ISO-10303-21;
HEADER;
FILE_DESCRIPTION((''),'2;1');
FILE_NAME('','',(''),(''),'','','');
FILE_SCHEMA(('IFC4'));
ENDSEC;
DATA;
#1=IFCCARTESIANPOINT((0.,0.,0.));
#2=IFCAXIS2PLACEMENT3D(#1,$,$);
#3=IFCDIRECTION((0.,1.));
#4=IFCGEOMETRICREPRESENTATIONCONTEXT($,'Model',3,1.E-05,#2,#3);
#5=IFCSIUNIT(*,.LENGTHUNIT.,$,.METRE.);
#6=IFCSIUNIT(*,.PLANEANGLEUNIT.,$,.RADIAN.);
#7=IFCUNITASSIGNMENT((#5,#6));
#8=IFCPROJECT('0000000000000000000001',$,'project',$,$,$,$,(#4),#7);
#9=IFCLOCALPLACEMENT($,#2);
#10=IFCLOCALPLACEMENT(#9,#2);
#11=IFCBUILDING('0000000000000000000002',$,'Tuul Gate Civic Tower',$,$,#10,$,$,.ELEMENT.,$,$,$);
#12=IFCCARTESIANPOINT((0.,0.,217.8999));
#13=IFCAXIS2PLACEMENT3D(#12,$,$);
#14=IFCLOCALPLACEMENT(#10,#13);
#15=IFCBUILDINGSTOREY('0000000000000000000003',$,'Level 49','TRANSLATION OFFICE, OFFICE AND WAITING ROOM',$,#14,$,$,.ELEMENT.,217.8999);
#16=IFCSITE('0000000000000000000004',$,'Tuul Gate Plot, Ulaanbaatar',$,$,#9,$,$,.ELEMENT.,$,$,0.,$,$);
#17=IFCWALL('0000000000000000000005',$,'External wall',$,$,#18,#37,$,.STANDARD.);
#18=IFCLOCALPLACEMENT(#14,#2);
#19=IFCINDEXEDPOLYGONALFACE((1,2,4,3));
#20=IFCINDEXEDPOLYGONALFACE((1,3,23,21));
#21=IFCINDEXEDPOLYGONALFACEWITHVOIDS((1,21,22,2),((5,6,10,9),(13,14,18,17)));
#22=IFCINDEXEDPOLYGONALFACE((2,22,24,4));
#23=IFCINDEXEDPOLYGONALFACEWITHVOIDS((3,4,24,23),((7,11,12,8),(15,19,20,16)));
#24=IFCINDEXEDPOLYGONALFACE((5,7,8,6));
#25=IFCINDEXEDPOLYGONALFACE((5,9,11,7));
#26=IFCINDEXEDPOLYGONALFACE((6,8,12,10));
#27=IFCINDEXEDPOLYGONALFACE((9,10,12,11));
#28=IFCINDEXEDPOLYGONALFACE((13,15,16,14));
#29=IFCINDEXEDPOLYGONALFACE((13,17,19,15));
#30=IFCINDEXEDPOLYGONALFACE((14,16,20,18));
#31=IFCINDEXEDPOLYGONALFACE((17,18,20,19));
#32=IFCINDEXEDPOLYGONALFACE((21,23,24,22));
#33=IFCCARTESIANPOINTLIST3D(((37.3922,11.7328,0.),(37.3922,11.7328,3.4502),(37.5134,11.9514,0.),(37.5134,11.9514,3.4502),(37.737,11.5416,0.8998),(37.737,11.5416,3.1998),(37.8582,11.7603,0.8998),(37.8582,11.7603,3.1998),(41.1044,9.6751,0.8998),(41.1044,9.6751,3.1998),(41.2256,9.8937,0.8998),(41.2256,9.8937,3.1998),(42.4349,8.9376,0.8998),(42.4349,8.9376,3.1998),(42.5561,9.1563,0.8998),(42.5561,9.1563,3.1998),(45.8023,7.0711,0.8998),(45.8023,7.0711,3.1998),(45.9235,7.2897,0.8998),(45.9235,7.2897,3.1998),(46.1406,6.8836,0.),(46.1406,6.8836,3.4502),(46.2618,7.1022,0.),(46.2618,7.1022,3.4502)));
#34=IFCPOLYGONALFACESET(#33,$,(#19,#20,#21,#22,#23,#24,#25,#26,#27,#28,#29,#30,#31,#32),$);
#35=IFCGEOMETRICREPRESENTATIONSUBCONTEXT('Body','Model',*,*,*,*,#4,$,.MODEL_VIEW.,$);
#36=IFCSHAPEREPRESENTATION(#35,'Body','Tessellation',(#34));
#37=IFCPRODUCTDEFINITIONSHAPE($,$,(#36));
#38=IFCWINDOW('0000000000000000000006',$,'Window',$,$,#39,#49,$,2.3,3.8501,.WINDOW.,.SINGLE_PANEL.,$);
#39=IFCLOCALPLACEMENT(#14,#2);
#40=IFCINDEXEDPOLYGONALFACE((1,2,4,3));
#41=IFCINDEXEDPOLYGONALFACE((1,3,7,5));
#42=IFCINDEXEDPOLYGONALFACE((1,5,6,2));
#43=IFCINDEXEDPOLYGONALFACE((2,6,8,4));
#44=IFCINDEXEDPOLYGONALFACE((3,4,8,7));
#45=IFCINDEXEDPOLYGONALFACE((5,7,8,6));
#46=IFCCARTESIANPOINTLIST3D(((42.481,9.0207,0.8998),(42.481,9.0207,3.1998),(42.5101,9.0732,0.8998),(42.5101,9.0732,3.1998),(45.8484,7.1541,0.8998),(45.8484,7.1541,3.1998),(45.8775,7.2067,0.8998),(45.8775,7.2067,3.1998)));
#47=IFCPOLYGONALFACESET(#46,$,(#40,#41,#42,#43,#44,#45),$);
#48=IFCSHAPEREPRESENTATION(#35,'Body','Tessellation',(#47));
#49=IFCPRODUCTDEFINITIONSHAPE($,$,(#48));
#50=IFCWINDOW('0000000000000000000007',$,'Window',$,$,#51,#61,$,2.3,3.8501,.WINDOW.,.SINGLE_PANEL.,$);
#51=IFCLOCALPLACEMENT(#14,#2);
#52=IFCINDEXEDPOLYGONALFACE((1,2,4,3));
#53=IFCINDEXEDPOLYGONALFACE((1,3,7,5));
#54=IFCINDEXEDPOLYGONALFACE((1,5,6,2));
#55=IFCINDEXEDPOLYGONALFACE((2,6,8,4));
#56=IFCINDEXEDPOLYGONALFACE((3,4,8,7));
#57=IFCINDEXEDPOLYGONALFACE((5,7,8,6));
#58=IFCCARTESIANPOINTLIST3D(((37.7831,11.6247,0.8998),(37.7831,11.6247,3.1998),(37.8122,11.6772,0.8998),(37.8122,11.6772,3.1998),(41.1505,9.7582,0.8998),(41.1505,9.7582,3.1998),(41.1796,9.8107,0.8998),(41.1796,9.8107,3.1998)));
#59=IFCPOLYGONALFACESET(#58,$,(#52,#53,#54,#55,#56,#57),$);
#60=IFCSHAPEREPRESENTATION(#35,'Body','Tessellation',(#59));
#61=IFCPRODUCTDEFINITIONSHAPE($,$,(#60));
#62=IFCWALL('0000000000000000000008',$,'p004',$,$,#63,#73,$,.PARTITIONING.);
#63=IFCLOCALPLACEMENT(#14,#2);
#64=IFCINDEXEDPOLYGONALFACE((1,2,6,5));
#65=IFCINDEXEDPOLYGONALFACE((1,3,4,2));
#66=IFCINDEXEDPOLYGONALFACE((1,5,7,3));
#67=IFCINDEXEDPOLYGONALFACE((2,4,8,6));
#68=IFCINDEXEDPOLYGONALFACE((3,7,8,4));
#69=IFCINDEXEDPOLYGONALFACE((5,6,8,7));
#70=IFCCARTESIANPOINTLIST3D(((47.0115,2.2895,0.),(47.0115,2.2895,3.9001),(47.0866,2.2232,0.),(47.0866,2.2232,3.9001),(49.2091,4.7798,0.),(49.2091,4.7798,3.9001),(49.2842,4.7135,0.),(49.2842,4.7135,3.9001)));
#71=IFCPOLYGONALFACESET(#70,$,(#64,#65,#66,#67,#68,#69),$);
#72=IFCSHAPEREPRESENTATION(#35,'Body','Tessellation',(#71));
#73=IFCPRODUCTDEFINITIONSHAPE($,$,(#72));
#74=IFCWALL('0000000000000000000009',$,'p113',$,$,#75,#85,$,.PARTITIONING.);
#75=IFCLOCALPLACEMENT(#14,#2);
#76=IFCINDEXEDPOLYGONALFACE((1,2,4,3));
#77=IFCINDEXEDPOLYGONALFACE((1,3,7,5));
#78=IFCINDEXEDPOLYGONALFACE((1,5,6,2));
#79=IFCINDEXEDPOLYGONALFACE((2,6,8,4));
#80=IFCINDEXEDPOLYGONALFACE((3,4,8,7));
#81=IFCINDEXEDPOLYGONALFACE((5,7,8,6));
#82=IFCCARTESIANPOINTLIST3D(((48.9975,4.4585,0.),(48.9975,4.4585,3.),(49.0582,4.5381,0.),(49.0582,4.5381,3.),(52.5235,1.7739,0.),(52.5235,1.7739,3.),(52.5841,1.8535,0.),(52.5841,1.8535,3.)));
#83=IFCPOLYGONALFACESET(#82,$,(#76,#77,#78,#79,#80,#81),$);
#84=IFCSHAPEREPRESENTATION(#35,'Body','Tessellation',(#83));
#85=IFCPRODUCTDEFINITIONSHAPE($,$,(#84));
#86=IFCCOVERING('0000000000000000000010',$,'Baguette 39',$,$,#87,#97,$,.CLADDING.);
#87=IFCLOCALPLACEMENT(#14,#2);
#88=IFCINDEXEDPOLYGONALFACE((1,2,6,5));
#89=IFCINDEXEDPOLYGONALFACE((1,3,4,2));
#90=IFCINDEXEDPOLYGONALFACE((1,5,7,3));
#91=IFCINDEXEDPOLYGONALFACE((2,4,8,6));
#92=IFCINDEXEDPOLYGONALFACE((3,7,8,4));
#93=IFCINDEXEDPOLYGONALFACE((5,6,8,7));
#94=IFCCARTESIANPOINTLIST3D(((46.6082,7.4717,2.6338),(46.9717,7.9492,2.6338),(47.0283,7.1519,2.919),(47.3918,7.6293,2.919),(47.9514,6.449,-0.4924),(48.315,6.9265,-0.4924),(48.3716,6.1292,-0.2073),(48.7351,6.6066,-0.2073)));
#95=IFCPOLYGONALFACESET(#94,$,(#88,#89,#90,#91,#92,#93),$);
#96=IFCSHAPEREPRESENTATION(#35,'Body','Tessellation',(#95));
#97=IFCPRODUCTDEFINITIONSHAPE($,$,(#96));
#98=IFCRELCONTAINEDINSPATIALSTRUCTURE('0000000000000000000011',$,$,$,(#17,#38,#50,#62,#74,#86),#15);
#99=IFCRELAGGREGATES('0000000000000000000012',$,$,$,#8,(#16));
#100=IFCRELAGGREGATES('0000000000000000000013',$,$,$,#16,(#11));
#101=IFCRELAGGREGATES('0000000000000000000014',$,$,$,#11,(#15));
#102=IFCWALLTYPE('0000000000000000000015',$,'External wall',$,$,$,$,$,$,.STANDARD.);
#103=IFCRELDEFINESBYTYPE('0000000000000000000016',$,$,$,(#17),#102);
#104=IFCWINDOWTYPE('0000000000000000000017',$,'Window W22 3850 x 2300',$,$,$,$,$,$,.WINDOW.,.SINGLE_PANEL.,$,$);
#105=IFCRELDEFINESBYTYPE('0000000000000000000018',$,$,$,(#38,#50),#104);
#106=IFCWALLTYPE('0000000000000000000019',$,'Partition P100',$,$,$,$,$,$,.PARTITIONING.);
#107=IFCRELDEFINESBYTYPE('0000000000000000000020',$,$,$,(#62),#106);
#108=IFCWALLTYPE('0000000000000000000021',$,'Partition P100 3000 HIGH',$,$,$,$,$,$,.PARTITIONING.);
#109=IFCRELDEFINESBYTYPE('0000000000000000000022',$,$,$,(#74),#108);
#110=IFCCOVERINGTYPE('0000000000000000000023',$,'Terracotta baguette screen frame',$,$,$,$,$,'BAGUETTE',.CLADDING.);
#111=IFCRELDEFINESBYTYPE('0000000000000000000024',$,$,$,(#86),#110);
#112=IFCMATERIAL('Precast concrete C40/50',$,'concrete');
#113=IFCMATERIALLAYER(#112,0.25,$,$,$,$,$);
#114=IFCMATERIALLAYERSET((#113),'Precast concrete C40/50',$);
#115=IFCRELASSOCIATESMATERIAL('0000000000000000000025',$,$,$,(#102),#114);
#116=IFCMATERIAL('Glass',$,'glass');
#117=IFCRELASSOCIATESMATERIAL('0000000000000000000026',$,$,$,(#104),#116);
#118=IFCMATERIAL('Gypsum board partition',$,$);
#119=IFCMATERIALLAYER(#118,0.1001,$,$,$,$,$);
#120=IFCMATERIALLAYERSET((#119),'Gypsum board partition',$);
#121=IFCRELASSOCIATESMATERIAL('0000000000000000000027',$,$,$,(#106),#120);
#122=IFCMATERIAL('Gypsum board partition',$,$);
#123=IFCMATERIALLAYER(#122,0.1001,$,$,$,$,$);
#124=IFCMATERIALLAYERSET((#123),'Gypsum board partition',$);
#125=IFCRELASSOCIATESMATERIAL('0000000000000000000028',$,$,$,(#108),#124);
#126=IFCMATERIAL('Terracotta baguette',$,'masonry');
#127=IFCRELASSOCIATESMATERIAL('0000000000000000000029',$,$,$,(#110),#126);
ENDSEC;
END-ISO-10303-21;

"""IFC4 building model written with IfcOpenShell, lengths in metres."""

from ifc_helpers import new_model, si_unit, direction, frame, frame_2d, origin, origin_2d, place, context, subcontext, project, spatial, rectangle, extrude, material, layer, layer_set, material_profile, profile_set, type_object, element, fill, save


model = new_model("IFC4")

# Units and contexts
model_context = context("Model", 3, precision=1e-05, world=origin(), true_north=direction((0.0, 1.0)))
body_context = subcontext(model_context, "Body", "Model", "MODEL_VIEW")
ifc_project = project(units=[si_unit("LENGTHUNIT", "METRE"), si_unit("PLANEANGLEUNIT", "RADIAN")], contexts=[model_context])

# Site, building, storey
site_placement = place(None, origin())
site = spatial("IfcSite", under=ifc_project, at=site_placement, Name="Tuul Gate Plot, Ulaanbaatar", CompositionType="ELEMENT", RefElevation=0.0)
building_placement = place(site_placement, origin())
building = spatial("IfcBuilding", under=site, at=building_placement, Name="Tuul Gate Civic Tower", CompositionType="ELEMENT")
storey_placement = place(building_placement, frame((0.0, 0.0, 217.8999)))
storey = spatial("IfcBuildingStorey", under=building, at=storey_placement, Name="Level 49", Description="TRANSLATION OFFICE, OFFICE AND WAITING ROOM", CompositionType="ELEMENT", Elevation=217.8999)

# Wall, openings, windows
ifc_material_1 = material(Name="Precast concrete C40/50", Category="concrete")
ifc_layer_1 = layer(ifc_material_1, 0.25)
ifc_layer_set_1 = layer_set([ifc_layer_1], Name="Precast concrete C40/50")
wall_type_1 = type_object("IfcWallType", Name="External wall", PredefinedType="STANDARD", material=ifc_layer_set_1)
wall_1_placement = place(storey_placement, frame((46.2012, 6.9929, 0.0), z_axis=(0.0, 0.0, 1.0), x_axis=(-0.874625, 0.484799, 0.0)))
wall_1 = element("IfcWall", 1, at=wall_1_placement, inside=storey, type_object=wall_type_1, Name="External wall", PredefinedType="STANDARD", context=body_context, shape_type="SweptSolid", body=[
    extrude(rectangle(XDim=10.0024, YDim=0.25, at=frame_2d((5.0012, 0.0))), origin(), (0.0, 0.0, 1.0), 3.4502),
])
opening_1_placement = place(wall_1_placement, frame((0.3867, 0.0, 0.8999)))
opening_1 = element("IfcOpeningElement", 2, at=opening_1_placement, cuts=wall_1, PredefinedType="OPENING", context=body_context, shape_type="SweptSolid", body=[
    extrude(rectangle(XDim=3.8501, YDim=2.3, at=frame_2d((1.925, 1.1499))), frame((0.0, 0.135, 0.0), z_axis=(0.0, -1.0, 0.0), x_axis=(1.0, 0.0, 0.0)), (0.0, 0.0, 1.0), 0.27),
])
opening_2_placement = place(wall_1_placement, frame((5.7581, 0.0, 0.8999)))
opening_2 = element("IfcOpeningElement", 3, at=opening_2_placement, cuts=wall_1, PredefinedType="OPENING", context=body_context, shape_type="SweptSolid", body=[
    extrude(rectangle(XDim=3.8501, YDim=2.3, at=frame_2d((1.925, 1.1499))), frame((0.0, 0.135, 0.0), z_axis=(0.0, -1.0, 0.0), x_axis=(1.0, 0.0, 0.0)), (0.0, 0.0, 1.0), 0.27),
])
ifc_material_2 = material(Name="Glass", Category="glass")
window_type = type_object("IfcWindowType", Name="Window W22 3850 x 2300", PartitioningType="SINGLE_PANEL", PredefinedType="WINDOW", material=ifc_material_2)
window_1_placement = place(opening_1_placement, origin())
window_1 = element("IfcWindow", 4, at=window_1_placement, inside=storey, type_object=window_type, Name="Window", OverallHeight=2.3, OverallWidth=3.8501, PartitioningType="SINGLE_PANEL", PredefinedType="WINDOW", context=body_context, shape_type="SweptSolid", body=[
    extrude(rectangle(XDim=3.8501, YDim=2.3, at=frame_2d((1.925, 1.1499))), frame((0.0, 0.03, 0.0), z_axis=(0.0, -1.0, 0.0), x_axis=(1.0, 0.0, 0.0)), (0.0, 0.0, 1.0), 0.0601),
])
fill(opening_1, window_1)
window_2_placement = place(opening_2_placement, origin())
window_2 = element("IfcWindow", 5, at=window_2_placement, inside=storey, type_object=window_type, Name="Window", OverallHeight=2.3, OverallWidth=3.8501, PartitioningType="SINGLE_PANEL", PredefinedType="WINDOW", context=body_context, shape_type="SweptSolid", body=[
    extrude(rectangle(XDim=3.8501, YDim=2.3, at=frame_2d((1.925, 1.1499))), frame((0.0, 0.03, 0.0), z_axis=(0.0, -1.0, 0.0), x_axis=(1.0, 0.0, 0.0)), (0.0, 0.0, 1.0), 0.0601),
])
fill(opening_2, window_2)

# Walls
ifc_material_3 = material(Name="Gypsum board partition")
ifc_layer_2 = layer(ifc_material_3, 0.1001)
ifc_layer_set_2 = layer_set([ifc_layer_2], Name="Gypsum board partition")
wall_type_2 = type_object("IfcWallType", Name="Partition P100", PredefinedType="PARTITIONING", material=ifc_layer_set_2)
wall_2_placement = place(storey_placement, frame((47.0491, 2.2563, 0.0), z_axis=(0.0, 0.0, 1.0), x_axis=(0.661663, 0.749801, 0.0)))
element("IfcWall", 6, at=wall_2_placement, inside=storey, type_object=wall_type_2, Name="p004", PredefinedType="PARTITIONING", context=body_context, shape_type="SweptSolid", body=[
    extrude(rectangle(XDim=3.3213, YDim=0.1001, at=frame_2d((1.6606, 0.0))), origin(), (0.0, 0.0, 1.0), 3.9001),
])
ifc_material_4 = material(Name="Gypsum board partition")
ifc_layer_3 = layer(ifc_material_4, 0.1001)
ifc_layer_set_3 = layer_set([ifc_layer_3], Name="Gypsum board partition")
wall_type_3 = type_object("IfcWallType", Name="Partition P100 3000 HIGH", PredefinedType="PARTITIONING", material=ifc_layer_set_3)
wall_3_placement = place(storey_placement, frame((49.0278, 4.4983, 0.0), z_axis=(0.0, 0.0, 1.0), x_axis=(0.795629, -0.605784, 0.0)))
element("IfcWall", 7, at=wall_3_placement, inside=storey, type_object=wall_type_3, Name="p113", PredefinedType="PARTITIONING", context=body_context, shape_type="SweptSolid", body=[
    extrude(rectangle(XDim=4.4316, YDim=0.1001, at=frame_2d((2.2158, 0.0))), origin(), (0.0, 0.0, 1.0), 3.0),
])

# Covering
ifc_material_5 = material(Name="Terracotta baguette", Category="masonry")
ifc_material_profile_1 = material_profile(ifc_material_5, rectangle(XDim=0.6001, YDim=0.6001, at=origin_2d()), Name="Terracotta baguette screen frame")
ifc_profile_set_1 = profile_set([ifc_material_profile_1], Name="Terracotta baguette")
covering_type = type_object("IfcCoveringType", Name="Terracotta baguette screen frame", ElementType="BAGUETTE", PredefinedType="CLADDING", material=ifc_profile_set_1)
covering_placement = place(storey_placement, frame((48.3433, 6.5278, -0.3499), z_axis=(-0.378068, 0.287846, 0.879892), x_axis=(-0.605769, -0.795641, 0.0)))
element("IfcCovering", 8, at=covering_placement, inside=storey, type_object=covering_type, Name="Baguette 39", PredefinedType="CLADDING", context=body_context, shape_type="SweptSolid", body=[
    extrude(rectangle(XDim=0.6001, YDim=0.6001, at=origin_2d()), origin(), (0.0, 0.0, 1.0), 3.553),
])

save(model, "model.ifc")
